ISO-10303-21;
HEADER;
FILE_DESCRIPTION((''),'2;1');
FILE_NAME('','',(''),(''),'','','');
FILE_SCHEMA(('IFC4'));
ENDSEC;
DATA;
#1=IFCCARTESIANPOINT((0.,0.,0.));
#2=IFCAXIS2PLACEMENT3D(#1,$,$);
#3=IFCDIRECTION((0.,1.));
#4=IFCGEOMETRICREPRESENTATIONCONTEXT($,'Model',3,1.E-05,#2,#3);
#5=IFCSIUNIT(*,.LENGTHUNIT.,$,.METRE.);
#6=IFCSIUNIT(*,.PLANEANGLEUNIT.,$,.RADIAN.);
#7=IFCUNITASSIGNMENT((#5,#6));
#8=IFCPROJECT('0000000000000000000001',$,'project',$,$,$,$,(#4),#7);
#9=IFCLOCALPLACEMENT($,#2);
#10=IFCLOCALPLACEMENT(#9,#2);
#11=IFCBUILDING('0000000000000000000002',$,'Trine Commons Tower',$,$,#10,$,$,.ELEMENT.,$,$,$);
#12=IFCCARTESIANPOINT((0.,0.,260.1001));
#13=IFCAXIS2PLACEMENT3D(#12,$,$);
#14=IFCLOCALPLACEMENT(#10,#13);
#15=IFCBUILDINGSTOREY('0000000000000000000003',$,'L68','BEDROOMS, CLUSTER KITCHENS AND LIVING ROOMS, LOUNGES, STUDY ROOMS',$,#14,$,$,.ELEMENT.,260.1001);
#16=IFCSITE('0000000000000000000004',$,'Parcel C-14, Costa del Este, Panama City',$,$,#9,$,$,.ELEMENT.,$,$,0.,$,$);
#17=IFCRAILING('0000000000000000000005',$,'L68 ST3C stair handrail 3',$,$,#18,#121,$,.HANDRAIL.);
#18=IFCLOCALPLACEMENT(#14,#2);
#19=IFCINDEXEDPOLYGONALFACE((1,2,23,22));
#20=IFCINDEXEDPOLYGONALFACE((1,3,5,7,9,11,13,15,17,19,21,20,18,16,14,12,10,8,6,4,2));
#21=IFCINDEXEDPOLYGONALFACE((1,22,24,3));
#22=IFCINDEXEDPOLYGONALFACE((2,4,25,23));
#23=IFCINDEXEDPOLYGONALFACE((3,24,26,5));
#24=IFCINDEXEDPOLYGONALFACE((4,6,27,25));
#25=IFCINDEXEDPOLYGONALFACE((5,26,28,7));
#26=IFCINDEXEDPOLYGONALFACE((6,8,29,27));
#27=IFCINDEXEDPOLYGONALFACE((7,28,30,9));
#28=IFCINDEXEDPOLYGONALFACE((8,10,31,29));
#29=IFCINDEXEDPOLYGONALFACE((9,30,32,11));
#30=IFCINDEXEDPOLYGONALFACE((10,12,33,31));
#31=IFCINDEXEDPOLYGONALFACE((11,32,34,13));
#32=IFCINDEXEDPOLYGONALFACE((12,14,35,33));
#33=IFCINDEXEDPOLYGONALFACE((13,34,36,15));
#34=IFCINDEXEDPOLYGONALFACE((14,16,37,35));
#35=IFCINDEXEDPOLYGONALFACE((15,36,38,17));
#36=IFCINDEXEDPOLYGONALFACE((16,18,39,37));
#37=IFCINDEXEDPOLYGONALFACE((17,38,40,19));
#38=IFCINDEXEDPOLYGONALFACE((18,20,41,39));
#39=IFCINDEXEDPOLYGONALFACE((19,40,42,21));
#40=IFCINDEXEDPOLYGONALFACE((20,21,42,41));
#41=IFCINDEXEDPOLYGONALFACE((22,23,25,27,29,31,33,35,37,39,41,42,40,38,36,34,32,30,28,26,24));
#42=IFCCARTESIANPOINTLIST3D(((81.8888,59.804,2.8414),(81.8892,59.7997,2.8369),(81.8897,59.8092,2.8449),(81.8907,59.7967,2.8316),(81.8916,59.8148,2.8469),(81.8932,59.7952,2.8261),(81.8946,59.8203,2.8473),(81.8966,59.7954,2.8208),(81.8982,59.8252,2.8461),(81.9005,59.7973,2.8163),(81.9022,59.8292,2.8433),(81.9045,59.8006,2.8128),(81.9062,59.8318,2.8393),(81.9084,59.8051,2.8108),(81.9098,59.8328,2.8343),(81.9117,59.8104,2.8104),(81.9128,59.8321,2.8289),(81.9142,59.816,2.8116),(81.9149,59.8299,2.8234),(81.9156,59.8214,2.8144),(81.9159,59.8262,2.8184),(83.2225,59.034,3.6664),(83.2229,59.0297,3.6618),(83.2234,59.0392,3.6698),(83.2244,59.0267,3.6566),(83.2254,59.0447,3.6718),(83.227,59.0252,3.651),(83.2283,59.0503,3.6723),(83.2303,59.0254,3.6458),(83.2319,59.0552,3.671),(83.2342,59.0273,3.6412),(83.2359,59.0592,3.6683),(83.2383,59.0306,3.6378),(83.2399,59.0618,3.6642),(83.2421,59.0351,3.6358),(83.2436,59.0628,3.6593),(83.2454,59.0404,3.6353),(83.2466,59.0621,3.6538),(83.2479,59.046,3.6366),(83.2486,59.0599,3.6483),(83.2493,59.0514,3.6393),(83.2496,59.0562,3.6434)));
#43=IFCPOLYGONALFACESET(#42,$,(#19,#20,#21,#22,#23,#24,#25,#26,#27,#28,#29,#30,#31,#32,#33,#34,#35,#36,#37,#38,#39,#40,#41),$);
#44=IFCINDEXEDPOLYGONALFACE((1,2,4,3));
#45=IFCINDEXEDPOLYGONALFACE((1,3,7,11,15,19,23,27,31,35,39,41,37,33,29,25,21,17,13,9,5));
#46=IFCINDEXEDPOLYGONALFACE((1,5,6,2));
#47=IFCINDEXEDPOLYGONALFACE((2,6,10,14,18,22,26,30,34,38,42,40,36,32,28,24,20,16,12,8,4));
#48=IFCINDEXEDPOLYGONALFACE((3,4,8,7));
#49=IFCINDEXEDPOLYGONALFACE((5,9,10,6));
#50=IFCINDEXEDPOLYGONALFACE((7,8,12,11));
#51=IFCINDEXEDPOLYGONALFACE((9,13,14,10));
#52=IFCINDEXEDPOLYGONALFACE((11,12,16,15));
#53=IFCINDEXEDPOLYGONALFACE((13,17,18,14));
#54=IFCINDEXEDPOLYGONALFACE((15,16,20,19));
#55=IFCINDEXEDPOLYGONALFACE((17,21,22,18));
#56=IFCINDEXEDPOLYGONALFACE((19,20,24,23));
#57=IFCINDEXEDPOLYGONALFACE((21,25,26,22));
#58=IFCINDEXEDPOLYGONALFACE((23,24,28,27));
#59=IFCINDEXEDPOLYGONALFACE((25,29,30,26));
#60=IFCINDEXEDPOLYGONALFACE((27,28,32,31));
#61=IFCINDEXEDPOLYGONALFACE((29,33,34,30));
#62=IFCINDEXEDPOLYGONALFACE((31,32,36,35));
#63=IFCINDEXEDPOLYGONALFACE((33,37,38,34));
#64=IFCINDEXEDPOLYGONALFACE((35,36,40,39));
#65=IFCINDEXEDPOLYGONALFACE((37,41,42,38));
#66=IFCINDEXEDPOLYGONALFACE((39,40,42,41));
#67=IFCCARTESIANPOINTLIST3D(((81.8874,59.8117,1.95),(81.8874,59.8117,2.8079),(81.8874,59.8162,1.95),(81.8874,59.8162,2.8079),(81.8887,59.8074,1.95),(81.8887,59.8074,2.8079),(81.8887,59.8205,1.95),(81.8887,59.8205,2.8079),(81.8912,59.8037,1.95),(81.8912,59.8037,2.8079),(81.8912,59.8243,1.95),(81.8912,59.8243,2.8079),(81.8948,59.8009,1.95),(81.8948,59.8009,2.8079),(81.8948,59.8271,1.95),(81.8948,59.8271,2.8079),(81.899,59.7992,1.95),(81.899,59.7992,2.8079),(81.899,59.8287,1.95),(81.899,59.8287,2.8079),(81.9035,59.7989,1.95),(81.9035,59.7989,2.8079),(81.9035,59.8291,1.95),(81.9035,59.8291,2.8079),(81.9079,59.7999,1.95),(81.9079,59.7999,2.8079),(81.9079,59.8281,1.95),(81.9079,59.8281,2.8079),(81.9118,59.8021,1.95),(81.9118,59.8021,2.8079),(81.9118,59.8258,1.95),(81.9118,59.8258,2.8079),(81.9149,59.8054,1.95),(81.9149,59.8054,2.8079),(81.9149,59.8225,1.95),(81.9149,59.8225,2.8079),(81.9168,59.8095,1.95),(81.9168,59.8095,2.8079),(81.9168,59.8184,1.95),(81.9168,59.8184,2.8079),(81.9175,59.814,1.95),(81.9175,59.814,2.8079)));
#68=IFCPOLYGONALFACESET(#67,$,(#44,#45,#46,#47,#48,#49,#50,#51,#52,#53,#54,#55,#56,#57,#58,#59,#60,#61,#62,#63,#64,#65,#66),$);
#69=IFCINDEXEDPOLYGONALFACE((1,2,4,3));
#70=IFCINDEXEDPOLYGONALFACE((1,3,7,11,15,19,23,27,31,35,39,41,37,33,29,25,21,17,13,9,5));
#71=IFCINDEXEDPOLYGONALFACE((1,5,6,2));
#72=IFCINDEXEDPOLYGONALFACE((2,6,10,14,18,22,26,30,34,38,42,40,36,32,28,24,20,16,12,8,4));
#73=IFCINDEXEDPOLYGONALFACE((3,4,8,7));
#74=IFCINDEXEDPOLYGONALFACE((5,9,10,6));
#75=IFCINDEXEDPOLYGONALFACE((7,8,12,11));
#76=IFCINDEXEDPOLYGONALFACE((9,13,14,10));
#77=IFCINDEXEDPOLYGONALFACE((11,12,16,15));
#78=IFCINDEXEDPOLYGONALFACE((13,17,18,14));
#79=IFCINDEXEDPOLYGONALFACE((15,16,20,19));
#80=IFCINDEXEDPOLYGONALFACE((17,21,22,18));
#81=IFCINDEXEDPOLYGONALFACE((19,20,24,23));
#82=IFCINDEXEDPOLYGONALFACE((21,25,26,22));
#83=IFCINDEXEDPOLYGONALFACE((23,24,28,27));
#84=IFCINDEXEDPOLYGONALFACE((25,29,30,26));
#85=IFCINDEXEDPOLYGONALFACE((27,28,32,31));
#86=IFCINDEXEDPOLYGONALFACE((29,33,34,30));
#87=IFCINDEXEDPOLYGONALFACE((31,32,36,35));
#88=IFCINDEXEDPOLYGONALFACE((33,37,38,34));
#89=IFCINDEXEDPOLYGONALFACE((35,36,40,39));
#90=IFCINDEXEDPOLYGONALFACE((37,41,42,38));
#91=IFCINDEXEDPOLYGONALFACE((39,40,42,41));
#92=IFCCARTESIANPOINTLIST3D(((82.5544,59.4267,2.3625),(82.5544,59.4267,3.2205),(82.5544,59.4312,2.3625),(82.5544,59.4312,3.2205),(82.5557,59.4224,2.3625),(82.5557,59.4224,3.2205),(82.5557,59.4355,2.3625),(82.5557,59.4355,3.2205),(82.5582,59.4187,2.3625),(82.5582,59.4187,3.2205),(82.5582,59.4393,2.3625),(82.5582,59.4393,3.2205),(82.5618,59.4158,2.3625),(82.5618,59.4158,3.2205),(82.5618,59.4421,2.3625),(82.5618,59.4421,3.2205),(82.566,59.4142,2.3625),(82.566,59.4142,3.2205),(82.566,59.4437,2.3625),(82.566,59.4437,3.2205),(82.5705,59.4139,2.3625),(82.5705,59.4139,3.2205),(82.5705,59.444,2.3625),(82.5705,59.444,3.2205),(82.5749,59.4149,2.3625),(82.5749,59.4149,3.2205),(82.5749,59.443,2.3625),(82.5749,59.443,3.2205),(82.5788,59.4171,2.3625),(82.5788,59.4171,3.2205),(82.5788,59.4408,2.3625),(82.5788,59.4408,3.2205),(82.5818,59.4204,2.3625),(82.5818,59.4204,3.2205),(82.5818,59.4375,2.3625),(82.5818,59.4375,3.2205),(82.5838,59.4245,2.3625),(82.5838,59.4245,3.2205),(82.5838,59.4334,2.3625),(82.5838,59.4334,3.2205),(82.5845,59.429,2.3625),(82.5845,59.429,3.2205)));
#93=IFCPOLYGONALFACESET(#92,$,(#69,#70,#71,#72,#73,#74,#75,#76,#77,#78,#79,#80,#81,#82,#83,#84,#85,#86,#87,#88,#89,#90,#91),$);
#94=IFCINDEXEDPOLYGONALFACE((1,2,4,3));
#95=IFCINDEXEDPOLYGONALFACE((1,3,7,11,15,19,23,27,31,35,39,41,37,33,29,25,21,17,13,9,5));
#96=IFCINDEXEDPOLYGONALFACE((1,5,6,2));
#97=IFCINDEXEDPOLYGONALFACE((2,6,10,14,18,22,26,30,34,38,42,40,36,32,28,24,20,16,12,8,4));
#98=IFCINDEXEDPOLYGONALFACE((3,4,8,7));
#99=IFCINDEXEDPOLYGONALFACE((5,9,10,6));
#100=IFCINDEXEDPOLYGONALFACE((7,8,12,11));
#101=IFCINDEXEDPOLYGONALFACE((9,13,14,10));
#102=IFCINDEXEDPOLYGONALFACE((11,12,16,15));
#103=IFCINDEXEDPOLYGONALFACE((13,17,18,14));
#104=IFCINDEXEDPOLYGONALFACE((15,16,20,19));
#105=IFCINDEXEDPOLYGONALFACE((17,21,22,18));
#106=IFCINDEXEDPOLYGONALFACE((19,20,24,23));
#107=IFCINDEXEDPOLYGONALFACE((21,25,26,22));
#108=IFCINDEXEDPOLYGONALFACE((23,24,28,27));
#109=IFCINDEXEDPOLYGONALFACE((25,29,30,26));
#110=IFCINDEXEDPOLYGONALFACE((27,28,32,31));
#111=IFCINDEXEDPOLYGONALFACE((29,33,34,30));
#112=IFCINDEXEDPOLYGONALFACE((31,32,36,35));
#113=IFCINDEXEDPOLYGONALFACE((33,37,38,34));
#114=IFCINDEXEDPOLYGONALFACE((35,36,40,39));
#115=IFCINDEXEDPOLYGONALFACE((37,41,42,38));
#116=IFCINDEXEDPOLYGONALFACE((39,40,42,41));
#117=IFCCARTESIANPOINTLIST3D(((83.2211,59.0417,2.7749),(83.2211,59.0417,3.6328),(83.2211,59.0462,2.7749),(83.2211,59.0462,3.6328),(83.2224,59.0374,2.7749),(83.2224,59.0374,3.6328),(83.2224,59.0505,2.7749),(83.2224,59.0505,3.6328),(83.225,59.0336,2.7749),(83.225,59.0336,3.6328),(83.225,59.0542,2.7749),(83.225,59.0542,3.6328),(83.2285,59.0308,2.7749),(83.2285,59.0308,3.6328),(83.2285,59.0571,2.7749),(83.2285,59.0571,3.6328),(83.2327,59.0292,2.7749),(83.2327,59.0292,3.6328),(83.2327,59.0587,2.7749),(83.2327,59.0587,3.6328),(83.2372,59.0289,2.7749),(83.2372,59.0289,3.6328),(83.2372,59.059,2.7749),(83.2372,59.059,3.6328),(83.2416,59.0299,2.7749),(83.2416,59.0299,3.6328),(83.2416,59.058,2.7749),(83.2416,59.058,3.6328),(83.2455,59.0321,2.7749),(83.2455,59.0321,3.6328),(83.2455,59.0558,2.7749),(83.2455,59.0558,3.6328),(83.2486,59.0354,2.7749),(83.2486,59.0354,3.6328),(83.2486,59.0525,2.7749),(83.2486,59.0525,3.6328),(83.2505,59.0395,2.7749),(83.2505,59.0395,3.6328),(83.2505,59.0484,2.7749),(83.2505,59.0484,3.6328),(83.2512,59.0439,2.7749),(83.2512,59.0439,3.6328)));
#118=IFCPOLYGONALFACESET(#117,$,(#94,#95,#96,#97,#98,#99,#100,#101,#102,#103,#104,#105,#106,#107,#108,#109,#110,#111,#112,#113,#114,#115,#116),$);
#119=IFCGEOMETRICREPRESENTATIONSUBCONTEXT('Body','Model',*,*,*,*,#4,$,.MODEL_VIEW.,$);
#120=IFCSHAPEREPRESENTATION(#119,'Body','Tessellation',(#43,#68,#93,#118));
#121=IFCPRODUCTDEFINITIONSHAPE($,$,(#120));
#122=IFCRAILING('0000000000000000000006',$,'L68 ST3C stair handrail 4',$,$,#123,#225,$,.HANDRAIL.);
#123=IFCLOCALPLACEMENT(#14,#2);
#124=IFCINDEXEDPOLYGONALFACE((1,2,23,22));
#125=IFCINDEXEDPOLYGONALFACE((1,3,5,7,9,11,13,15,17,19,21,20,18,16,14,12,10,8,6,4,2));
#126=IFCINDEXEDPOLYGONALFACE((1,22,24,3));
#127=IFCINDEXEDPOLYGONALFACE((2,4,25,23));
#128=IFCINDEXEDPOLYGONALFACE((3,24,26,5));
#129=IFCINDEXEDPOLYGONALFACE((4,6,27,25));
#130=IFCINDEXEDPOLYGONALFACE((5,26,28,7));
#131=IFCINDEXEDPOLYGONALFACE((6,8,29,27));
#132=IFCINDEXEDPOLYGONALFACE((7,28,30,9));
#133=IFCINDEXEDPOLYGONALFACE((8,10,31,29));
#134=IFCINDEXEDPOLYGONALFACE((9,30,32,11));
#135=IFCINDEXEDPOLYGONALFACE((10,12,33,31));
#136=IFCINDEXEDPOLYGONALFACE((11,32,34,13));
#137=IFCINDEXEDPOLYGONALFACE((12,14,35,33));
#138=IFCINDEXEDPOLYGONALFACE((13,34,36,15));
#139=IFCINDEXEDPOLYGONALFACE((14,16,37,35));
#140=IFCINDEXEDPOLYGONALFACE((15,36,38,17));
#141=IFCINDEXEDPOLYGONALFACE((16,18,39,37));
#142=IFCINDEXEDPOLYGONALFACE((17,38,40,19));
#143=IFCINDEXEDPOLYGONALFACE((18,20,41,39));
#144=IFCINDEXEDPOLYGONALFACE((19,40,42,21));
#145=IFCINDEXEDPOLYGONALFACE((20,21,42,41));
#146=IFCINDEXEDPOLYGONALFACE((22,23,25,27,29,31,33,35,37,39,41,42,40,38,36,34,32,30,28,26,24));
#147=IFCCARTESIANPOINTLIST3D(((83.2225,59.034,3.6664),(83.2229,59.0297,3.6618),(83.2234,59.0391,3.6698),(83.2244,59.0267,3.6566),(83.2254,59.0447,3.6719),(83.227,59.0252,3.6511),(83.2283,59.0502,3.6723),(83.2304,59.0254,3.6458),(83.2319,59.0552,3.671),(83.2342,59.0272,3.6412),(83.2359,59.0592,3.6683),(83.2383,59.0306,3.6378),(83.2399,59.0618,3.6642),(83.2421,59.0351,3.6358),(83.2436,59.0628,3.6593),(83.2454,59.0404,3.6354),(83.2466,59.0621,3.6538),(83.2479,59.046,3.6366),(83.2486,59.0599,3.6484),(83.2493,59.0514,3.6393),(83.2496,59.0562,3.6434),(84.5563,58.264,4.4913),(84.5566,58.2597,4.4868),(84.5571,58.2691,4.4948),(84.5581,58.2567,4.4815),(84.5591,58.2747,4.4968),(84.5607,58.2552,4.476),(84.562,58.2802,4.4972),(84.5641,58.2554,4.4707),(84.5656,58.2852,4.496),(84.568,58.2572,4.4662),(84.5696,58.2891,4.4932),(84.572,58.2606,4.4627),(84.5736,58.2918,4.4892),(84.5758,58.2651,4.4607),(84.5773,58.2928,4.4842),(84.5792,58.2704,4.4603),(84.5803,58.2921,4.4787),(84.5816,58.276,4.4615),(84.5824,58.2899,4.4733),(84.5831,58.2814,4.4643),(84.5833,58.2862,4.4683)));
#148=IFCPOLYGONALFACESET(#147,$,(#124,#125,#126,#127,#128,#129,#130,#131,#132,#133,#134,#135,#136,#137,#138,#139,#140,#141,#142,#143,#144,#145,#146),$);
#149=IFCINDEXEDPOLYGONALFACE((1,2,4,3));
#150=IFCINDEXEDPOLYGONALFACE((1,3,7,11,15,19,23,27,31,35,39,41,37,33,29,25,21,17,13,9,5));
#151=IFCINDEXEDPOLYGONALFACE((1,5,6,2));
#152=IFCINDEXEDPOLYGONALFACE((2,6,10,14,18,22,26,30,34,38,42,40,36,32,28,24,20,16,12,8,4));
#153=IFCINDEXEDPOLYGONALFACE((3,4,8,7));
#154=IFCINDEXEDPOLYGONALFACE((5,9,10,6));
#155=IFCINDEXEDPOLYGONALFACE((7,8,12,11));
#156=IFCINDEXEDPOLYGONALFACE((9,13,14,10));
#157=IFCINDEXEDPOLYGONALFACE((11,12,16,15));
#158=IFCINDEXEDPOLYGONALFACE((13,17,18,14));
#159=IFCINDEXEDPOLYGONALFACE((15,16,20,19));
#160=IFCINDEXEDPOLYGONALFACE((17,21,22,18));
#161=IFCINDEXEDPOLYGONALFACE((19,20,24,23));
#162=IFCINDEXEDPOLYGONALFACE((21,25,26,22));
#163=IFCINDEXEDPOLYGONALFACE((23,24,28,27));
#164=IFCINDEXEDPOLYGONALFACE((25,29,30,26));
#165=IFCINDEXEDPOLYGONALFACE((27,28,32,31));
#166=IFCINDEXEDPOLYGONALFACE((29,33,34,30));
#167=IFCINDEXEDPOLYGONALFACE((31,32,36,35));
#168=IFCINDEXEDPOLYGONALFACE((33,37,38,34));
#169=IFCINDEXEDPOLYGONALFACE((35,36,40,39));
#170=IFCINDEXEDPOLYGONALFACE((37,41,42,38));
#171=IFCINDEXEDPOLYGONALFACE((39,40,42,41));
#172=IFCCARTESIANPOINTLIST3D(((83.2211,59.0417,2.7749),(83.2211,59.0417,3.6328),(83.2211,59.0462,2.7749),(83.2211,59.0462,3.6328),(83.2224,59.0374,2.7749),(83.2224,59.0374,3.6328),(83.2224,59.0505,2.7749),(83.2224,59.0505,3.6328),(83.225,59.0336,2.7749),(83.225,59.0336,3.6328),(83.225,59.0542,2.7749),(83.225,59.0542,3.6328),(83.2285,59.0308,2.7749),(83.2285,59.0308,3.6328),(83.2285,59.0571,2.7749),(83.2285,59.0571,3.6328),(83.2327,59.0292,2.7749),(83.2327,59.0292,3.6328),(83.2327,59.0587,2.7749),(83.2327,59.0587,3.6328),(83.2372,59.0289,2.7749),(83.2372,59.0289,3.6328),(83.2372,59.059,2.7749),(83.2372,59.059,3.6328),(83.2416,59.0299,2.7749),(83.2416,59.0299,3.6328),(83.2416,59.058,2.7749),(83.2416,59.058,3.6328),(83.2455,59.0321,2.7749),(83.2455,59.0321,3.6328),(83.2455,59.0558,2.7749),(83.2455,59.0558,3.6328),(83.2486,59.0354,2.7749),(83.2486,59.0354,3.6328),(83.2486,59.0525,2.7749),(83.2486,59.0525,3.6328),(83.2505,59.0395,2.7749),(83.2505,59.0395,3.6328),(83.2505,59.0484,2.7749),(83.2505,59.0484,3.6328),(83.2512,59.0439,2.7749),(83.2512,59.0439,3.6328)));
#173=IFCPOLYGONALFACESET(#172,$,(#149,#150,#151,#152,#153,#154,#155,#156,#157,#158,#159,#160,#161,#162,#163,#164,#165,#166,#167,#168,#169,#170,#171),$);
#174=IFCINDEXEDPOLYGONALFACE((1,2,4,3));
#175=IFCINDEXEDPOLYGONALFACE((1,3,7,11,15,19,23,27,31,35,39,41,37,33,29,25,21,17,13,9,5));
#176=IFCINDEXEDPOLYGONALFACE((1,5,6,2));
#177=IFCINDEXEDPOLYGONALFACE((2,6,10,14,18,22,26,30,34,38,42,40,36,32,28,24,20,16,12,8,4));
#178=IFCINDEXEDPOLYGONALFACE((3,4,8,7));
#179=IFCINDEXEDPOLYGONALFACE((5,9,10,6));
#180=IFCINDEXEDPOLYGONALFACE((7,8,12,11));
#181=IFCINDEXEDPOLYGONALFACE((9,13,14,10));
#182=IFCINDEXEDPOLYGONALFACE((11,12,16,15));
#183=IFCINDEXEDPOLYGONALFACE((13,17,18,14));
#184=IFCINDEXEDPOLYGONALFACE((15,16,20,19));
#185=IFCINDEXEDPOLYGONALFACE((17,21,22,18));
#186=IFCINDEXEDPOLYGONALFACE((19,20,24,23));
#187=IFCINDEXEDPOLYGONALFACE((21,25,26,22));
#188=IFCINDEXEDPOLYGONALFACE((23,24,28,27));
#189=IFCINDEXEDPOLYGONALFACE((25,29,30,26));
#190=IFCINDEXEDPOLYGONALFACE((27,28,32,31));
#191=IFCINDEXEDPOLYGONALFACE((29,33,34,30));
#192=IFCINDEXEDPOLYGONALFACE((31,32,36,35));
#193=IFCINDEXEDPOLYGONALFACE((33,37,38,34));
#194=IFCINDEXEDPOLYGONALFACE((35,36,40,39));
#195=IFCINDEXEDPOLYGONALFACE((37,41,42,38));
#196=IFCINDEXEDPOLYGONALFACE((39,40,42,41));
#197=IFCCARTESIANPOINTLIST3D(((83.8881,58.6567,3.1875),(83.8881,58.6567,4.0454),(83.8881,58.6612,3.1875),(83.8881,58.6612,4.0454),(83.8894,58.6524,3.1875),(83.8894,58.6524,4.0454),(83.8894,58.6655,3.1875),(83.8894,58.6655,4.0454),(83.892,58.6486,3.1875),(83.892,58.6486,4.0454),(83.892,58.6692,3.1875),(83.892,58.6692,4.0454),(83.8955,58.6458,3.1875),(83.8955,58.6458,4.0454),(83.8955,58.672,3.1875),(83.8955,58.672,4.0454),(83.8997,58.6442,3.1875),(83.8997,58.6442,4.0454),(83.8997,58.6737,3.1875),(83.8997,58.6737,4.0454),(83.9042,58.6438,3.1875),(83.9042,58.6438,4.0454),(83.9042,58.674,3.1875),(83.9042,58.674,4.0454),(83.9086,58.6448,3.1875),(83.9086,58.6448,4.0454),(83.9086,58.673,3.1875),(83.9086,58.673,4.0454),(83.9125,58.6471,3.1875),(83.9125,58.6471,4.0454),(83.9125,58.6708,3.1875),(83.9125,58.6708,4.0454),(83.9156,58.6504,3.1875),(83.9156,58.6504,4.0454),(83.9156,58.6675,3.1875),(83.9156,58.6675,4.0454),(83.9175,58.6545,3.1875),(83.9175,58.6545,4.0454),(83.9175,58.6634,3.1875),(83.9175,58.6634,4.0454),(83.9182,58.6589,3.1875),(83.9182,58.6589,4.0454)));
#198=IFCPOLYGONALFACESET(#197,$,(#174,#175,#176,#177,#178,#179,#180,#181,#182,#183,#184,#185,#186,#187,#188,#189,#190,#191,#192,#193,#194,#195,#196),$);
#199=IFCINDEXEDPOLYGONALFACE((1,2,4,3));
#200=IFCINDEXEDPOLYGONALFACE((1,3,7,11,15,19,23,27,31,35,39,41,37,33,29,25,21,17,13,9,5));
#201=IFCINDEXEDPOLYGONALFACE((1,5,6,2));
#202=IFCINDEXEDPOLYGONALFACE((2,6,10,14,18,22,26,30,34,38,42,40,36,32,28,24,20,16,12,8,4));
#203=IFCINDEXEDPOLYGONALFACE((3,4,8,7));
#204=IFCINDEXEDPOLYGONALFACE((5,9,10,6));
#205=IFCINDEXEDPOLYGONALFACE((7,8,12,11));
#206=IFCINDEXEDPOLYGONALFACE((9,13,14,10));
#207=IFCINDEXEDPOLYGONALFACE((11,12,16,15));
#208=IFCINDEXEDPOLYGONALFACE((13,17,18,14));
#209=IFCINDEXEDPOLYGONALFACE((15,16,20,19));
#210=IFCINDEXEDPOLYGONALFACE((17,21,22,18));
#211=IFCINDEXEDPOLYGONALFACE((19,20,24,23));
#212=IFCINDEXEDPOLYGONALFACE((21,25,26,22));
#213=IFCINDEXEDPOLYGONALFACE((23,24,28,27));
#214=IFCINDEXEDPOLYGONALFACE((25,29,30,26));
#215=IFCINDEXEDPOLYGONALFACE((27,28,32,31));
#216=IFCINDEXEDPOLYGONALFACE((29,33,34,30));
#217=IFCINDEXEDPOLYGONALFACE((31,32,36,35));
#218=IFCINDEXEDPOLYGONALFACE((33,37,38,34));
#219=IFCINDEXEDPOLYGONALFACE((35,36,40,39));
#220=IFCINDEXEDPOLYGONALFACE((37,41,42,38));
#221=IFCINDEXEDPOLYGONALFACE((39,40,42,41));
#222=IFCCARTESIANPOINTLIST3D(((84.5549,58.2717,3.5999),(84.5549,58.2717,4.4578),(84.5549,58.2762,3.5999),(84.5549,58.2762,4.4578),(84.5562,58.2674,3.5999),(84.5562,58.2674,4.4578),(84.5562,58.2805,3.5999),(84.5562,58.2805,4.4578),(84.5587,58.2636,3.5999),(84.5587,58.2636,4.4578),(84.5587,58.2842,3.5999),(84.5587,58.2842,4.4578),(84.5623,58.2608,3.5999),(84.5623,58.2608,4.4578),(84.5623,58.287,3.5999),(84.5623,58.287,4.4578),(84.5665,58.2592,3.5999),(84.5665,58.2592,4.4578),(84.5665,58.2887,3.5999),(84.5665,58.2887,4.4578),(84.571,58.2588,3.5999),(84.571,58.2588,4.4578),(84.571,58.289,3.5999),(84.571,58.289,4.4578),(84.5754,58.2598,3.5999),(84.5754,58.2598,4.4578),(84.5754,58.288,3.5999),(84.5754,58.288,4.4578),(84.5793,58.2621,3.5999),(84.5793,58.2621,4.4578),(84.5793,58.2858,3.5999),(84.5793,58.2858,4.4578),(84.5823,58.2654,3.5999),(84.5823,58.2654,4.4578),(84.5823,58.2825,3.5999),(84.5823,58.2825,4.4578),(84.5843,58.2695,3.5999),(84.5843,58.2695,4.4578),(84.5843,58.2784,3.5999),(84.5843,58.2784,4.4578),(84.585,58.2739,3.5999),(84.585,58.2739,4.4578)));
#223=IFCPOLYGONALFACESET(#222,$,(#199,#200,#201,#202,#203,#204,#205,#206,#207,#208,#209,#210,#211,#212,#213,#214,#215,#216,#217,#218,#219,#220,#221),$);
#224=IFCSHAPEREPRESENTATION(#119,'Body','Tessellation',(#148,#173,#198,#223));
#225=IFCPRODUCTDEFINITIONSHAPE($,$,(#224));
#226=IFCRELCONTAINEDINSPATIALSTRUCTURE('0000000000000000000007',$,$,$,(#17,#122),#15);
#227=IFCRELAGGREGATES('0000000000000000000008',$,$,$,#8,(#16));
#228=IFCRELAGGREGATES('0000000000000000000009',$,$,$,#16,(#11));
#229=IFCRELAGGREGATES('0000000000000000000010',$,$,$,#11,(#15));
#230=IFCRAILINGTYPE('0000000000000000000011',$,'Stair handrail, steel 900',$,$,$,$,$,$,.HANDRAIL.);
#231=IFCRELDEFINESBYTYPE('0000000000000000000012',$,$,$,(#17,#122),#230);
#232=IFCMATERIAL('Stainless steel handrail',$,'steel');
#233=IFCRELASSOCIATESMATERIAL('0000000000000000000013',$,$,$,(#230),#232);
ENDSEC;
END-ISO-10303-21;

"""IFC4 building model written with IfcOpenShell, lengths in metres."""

from ifc_helpers import new_model, si_unit, direction, frame, origin, origin_2d, place, context, subcontext, project, spatial, circle, extrude, material, type_object, element, save


model = new_model("IFC4")

# Units and contexts
model_context = context("Model", 3, precision=1e-05, world=origin(), true_north=direction((0.0, 1.0)))
body_context = subcontext(model_context, "Body", "Model", "MODEL_VIEW")
ifc_project = project(units=[si_unit("LENGTHUNIT", "METRE"), si_unit("PLANEANGLEUNIT", "RADIAN")], contexts=[model_context])

# Site, building, storey
site_placement = place(None, origin())
site = spatial("IfcSite", under=ifc_project, at=site_placement, Name="Parcel C-14, Costa del Este, Panama City", CompositionType="ELEMENT", RefElevation=0.0)
building_placement = place(site_placement, origin())
building = spatial("IfcBuilding", under=site, at=building_placement, Name="Trine Commons Tower", CompositionType="ELEMENT")
storey_placement = place(building_placement, frame((0.0, 0.0, 260.1001)))
storey = spatial("IfcBuildingStorey", under=building, at=storey_placement, Name="L68", Description="BEDROOMS, CLUSTER KITCHENS AND LIVING ROOMS, LOUNGES, STUDY ROOMS", CompositionType="ELEMENT", Elevation=260.1001)

# Railings
ifc_material_1 = material(Name="Stainless steel handrail", Category="steel")
railing_type_1 = type_object("IfcRailingType", Name="Stair handrail, steel 900", PredefinedType="HANDRAIL", material=ifc_material_1)
for number, where, name in (
    (1, (81.9023, 59.814, 1.95), "L68 ST3C stair handrail 3"),
    (2, (83.2361, 59.0439, 2.7749), "L68 ST3C stair handrail 4"),
):
    element("IfcRailing", number, at=place(storey_placement, frame(where)), inside=storey, type_object=railing_type_1, Name=name, PredefinedType="HANDRAIL", context=body_context, shape_type="SweptSolid", body=[
        extrude(circle(Radius=0.021, at=origin_2d()), frame((0.0, 0.0, 0.8789), z_axis=(0.763405, -0.440743, 0.472185), x_axis=(0.499992, 0.86603, 0.0)), (0.0, 0.0, 1.0), 1.7471),
        extrude(circle(Radius=0.0151, at=origin_2d()), origin(), (0.0, 0.0, 1.0), 0.8579),
        extrude(circle(Radius=0.0151, at=origin_2d()), frame((0.667, -0.385, 0.4126)), (0.0, 0.0, 1.0), 0.8579),
        extrude(circle(Radius=0.0151, at=origin_2d()), frame((1.3337, -0.77, 0.825)), (0.0, 0.0, 1.0), 0.8579),
    ])

save(model, "model.ifc")
